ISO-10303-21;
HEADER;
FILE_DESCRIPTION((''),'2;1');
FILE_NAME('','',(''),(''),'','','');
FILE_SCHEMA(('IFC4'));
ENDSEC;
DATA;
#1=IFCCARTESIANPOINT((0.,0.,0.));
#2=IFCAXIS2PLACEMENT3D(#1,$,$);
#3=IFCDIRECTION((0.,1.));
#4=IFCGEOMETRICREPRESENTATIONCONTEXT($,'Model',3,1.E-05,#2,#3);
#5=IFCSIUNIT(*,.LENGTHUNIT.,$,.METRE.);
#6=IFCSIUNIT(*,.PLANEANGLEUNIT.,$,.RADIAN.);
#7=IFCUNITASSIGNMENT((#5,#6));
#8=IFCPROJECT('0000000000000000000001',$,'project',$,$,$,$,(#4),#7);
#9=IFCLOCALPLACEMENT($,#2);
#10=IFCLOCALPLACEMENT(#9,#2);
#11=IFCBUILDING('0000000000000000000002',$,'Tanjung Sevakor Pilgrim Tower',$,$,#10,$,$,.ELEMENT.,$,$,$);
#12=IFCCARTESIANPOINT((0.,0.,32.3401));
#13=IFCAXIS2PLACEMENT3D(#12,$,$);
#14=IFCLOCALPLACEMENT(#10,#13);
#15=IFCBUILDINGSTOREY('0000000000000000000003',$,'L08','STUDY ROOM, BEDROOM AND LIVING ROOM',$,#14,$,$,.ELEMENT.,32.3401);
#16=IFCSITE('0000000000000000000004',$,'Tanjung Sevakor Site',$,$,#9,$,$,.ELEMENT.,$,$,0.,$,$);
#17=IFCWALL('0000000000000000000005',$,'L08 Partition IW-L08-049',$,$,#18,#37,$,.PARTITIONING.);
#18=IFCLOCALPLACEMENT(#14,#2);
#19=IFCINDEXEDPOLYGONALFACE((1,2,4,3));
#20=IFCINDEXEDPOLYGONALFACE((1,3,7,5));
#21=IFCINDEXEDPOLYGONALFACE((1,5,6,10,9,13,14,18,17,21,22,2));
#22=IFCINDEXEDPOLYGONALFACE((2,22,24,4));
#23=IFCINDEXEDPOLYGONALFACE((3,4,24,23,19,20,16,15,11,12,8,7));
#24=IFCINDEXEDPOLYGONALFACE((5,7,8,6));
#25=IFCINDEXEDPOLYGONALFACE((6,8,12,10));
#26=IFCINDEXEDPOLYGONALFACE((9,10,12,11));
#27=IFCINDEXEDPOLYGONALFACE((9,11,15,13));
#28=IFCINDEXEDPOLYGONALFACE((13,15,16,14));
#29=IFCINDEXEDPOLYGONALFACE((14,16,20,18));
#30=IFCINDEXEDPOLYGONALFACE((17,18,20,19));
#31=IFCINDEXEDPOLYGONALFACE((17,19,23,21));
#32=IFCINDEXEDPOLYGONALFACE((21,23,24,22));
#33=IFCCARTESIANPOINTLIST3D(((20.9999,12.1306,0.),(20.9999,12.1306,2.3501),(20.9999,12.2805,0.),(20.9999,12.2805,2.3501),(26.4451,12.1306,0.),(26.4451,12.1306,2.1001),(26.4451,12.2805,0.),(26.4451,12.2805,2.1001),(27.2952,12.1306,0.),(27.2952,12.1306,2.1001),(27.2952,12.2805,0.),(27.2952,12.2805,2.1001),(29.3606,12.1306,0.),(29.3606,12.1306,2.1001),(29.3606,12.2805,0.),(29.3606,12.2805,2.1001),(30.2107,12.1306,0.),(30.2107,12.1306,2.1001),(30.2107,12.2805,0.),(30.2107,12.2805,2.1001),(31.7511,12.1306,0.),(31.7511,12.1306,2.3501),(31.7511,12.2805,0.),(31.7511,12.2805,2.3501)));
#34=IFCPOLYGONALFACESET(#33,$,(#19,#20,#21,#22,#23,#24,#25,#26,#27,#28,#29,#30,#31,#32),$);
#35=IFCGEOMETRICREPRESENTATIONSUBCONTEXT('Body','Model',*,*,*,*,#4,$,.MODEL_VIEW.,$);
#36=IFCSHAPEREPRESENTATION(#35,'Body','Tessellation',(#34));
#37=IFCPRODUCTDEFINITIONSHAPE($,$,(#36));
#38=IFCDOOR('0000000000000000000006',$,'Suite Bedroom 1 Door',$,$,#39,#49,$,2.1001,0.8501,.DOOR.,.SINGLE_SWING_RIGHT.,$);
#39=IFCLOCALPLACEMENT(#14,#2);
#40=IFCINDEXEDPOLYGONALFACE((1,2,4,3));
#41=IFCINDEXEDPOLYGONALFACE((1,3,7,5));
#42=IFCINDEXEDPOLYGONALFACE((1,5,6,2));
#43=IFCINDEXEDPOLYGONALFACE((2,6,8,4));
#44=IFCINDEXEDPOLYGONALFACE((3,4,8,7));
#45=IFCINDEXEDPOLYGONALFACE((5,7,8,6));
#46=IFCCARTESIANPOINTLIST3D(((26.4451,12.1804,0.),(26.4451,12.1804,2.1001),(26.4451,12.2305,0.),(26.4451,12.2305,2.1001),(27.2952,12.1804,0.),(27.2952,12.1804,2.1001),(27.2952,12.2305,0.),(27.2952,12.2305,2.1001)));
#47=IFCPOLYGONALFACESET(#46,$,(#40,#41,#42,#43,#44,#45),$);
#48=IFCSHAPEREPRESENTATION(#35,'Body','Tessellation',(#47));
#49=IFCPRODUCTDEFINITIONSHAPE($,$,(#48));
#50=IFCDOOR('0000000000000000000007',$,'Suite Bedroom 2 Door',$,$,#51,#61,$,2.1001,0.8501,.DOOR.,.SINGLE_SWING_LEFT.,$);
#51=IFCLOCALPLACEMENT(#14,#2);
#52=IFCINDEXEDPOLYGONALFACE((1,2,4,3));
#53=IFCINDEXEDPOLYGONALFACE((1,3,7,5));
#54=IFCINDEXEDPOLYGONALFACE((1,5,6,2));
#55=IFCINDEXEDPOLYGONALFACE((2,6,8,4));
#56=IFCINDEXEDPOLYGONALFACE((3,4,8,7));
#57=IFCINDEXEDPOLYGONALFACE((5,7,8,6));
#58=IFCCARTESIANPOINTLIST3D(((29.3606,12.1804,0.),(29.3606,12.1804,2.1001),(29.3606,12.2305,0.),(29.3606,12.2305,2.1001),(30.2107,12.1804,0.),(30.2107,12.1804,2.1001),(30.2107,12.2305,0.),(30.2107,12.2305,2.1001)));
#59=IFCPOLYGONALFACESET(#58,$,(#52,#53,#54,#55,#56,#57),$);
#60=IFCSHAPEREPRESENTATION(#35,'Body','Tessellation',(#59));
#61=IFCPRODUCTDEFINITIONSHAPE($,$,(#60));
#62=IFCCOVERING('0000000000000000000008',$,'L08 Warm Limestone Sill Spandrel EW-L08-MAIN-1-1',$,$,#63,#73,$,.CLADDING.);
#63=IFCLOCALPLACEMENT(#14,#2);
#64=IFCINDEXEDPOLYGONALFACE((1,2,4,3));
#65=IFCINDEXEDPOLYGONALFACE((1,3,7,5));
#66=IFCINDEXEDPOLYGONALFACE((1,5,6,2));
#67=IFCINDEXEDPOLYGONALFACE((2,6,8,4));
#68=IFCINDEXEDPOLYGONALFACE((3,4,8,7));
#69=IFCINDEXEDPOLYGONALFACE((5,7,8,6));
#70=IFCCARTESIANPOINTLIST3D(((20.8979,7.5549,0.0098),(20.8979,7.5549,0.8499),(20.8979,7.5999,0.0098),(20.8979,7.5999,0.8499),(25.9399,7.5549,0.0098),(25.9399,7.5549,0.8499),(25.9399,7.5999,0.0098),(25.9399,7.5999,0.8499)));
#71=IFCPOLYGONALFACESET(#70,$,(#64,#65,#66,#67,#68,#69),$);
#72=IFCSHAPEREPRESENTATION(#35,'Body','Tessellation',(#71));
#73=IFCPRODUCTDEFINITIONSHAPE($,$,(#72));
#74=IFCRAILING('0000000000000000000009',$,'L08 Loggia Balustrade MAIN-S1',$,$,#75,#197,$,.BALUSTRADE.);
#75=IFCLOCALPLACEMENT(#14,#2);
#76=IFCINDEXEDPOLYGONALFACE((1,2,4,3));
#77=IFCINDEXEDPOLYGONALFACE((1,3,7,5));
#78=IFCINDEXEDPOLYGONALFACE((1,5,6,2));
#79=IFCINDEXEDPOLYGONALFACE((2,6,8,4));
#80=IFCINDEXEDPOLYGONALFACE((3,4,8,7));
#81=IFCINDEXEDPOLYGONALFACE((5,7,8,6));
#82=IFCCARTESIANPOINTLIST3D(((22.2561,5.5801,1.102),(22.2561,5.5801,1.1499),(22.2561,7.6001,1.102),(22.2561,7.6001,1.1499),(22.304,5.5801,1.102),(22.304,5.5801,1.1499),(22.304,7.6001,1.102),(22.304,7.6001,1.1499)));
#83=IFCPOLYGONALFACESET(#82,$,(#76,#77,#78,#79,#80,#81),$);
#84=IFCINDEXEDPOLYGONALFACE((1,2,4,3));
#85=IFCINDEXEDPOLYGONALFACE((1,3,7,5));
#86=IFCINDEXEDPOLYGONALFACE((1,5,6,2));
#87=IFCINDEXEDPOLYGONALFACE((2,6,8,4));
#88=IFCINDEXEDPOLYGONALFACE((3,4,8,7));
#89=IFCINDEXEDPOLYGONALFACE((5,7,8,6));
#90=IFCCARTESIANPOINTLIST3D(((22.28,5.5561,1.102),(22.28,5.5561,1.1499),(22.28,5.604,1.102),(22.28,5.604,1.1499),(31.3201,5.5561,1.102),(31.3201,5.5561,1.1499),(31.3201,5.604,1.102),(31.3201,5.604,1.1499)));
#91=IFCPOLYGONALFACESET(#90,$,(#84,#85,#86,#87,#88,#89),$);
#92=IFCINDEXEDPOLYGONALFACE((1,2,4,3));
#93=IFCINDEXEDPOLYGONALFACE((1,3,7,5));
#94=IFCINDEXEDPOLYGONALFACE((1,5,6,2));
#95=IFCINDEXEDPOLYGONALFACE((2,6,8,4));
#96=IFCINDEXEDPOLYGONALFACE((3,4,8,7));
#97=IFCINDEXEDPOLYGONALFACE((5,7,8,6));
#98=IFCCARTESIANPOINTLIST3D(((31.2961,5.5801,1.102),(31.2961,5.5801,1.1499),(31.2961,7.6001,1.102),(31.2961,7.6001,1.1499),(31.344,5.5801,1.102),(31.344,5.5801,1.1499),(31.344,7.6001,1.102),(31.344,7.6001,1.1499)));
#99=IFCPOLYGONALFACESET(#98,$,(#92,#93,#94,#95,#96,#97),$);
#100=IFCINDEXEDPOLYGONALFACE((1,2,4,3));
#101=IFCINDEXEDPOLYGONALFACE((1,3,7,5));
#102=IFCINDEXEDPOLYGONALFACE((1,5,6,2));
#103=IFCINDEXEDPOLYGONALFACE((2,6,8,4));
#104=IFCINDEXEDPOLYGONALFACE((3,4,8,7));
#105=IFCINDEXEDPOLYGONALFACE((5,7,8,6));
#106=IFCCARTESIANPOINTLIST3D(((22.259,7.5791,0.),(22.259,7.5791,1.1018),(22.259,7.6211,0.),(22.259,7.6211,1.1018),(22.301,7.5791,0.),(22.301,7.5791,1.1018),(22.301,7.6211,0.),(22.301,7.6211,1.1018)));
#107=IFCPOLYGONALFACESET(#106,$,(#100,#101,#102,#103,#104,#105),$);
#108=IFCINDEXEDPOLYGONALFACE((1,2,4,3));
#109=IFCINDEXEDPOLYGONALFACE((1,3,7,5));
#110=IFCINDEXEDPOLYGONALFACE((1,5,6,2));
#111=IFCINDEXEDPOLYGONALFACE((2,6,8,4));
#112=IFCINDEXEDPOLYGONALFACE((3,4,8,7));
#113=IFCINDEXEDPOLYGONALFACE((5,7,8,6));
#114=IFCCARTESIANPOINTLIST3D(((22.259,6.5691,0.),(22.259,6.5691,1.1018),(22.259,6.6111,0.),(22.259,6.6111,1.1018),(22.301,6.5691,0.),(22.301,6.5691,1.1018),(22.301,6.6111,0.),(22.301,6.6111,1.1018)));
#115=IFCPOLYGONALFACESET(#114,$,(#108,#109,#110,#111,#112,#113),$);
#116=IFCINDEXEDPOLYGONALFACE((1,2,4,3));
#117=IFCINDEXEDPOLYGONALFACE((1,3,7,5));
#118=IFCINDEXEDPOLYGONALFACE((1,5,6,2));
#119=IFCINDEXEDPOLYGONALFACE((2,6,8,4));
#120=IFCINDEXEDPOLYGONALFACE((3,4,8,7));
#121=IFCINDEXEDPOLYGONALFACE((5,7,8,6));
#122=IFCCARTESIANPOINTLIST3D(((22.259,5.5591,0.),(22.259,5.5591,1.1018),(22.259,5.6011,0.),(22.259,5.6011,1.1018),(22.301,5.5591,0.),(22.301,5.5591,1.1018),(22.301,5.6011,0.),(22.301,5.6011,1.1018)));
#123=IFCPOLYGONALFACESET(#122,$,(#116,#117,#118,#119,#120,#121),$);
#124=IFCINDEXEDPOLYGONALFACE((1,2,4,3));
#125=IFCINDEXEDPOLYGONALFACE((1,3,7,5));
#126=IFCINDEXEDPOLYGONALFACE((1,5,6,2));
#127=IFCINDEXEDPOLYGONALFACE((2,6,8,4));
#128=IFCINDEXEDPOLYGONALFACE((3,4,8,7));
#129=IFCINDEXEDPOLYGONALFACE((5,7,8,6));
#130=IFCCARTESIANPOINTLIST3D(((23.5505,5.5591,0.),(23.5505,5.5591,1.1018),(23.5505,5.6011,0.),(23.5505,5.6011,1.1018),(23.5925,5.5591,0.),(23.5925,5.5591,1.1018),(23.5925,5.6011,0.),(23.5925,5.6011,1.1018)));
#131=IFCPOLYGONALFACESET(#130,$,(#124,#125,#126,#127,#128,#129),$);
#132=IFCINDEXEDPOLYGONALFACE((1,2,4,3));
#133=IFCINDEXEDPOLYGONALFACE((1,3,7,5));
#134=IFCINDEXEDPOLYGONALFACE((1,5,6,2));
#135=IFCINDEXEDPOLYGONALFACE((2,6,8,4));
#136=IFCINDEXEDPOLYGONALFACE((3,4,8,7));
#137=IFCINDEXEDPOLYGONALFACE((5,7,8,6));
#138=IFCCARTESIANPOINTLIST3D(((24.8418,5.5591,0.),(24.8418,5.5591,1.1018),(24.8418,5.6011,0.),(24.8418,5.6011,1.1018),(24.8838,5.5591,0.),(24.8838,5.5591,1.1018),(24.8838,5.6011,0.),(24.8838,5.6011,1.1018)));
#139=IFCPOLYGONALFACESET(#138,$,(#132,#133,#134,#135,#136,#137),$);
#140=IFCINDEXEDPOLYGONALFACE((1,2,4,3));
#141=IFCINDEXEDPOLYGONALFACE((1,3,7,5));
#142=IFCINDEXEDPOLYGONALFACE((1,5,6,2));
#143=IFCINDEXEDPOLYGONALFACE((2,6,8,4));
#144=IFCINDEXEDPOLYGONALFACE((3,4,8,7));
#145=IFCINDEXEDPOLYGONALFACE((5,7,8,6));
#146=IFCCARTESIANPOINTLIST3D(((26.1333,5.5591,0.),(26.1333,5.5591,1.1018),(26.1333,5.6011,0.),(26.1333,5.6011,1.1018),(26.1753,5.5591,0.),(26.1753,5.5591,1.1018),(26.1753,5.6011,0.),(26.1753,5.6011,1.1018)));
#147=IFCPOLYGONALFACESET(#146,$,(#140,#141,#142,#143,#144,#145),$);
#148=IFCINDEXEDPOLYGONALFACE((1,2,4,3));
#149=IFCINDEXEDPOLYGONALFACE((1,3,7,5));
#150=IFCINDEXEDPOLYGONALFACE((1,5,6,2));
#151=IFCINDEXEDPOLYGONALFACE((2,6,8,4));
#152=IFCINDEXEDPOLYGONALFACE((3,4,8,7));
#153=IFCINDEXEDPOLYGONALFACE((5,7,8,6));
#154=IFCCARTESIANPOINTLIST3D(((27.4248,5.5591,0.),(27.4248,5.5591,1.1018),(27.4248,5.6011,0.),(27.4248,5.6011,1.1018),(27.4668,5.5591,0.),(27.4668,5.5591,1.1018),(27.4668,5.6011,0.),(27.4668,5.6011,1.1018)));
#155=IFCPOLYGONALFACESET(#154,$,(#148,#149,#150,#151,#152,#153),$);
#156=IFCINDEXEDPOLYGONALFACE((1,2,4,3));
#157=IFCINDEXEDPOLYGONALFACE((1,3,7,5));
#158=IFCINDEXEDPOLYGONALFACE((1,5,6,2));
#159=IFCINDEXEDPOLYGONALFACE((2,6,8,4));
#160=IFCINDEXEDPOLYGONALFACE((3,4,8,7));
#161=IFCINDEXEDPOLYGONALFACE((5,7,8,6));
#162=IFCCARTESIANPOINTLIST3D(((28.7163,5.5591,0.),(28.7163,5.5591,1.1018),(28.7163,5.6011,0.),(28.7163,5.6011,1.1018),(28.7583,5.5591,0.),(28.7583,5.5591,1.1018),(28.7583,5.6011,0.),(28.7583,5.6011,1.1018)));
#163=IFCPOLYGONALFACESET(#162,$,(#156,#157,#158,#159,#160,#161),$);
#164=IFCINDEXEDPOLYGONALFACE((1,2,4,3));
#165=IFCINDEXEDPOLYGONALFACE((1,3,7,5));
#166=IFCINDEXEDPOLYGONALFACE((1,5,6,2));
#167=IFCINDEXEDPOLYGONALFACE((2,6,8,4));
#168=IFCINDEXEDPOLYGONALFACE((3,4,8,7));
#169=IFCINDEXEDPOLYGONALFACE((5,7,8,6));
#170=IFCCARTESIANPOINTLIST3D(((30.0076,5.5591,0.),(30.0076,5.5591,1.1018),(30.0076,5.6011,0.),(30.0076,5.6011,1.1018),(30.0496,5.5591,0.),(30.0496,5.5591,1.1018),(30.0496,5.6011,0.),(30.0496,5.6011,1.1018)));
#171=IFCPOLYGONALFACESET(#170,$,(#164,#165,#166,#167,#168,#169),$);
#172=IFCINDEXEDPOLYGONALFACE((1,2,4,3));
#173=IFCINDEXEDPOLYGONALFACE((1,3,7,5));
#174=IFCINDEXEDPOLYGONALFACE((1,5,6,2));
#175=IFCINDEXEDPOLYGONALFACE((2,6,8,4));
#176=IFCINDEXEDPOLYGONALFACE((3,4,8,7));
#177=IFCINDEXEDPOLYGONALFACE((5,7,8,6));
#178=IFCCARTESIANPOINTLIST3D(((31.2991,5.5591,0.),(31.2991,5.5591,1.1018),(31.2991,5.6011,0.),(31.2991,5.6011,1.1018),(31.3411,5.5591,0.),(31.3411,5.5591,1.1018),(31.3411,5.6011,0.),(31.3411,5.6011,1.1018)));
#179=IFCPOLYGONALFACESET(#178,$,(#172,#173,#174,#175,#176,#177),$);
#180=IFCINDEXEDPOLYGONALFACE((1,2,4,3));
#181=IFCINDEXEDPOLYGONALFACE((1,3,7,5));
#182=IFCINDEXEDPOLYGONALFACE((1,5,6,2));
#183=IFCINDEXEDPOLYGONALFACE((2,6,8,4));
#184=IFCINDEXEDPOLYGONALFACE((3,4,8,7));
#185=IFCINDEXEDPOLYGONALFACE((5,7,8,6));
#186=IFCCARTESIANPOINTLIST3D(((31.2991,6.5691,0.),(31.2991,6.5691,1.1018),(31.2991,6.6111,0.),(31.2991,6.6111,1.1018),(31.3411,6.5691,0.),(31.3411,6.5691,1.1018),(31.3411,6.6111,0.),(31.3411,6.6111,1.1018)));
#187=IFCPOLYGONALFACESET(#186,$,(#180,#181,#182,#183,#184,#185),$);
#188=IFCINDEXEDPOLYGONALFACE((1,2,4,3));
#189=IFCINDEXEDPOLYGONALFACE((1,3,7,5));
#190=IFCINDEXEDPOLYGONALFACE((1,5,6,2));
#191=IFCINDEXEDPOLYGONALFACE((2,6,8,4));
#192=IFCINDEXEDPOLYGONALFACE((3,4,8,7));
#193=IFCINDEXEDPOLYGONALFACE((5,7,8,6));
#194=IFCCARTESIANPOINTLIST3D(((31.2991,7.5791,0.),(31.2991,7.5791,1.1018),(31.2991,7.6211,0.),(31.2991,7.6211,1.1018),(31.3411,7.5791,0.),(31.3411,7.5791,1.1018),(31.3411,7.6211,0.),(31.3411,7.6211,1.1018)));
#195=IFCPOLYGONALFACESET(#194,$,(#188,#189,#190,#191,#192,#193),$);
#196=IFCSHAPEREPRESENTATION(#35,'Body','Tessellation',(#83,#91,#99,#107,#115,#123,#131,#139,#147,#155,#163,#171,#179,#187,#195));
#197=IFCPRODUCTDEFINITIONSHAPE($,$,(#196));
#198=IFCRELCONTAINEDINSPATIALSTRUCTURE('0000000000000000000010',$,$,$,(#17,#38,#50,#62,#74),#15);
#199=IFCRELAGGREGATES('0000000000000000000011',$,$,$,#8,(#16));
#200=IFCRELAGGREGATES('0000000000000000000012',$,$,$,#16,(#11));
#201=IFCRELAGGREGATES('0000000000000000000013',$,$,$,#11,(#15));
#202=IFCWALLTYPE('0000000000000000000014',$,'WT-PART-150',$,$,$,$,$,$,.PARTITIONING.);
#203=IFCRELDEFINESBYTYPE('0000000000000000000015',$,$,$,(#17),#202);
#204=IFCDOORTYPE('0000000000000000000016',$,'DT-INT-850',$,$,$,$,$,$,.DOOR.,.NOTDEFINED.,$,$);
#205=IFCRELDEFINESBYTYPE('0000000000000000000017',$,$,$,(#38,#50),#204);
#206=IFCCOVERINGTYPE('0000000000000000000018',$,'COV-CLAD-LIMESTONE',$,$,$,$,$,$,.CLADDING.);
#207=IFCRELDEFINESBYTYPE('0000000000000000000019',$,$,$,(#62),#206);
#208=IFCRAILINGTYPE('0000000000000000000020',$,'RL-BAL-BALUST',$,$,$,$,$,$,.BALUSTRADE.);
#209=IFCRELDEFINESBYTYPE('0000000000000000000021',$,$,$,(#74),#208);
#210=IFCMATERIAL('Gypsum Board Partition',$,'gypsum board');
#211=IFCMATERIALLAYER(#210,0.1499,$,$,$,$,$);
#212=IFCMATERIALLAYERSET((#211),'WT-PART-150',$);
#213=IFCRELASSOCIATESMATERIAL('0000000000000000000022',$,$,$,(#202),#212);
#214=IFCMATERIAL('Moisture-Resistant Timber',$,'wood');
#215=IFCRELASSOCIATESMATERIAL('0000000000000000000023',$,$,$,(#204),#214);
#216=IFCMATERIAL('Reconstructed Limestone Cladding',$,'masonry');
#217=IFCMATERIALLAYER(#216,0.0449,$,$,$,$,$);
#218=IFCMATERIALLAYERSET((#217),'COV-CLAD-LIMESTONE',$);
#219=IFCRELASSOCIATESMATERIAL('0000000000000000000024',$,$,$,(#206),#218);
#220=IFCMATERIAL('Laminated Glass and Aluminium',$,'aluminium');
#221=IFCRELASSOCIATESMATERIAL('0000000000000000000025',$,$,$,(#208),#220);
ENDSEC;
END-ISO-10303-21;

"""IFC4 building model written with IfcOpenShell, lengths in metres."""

from ifc_helpers import new_model, si_unit, direction, frame, frame_2d, origin, origin_2d, place, context, subcontext, project, spatial, rectangle, extrude, material, layer, layer_set, type_object, element, fill, save


model = new_model("IFC4")

# Units and contexts
model_context = context("Model", 3, precision=1e-05, world=origin(), true_north=direction((0.0, 1.0)))
body_context = subcontext(model_context, "Body", "Model", "MODEL_VIEW")
ifc_project = project(units=[si_unit("LENGTHUNIT", "METRE"), si_unit("PLANEANGLEUNIT", "RADIAN")], contexts=[model_context])

# Site, building, storey
site_placement = place(None, origin())
site = spatial("IfcSite", under=ifc_project, at=site_placement, Name="Tanjung Sevakor Site", CompositionType="ELEMENT", RefElevation=0.0)
building_placement = place(site_placement, origin())
building = spatial("IfcBuilding", under=site, at=building_placement, Name="Tanjung Sevakor Pilgrim Tower", CompositionType="ELEMENT")
storey_placement = place(building_placement, frame((0.0, 0.0, 32.3401)))
storey = spatial("IfcBuildingStorey", under=building, at=storey_placement, Name="L08", Description="STUDY ROOM, BEDROOM AND LIVING ROOM", CompositionType="ELEMENT", Elevation=32.3401)

# Wall, openings, doors
ifc_material_1 = material(Name="Gypsum Board Partition", Category="gypsum board")
ifc_layer_1 = layer(ifc_material_1, 0.1499)
ifc_layer_set_1 = layer_set([ifc_layer_1], Name="WT-PART-150")
wall_type_1 = type_object("IfcWallType", Name="WT-PART-150", PredefinedType="PARTITIONING", material=ifc_layer_set_1)
wall_1_placement = place(storey_placement, frame((21.0, 12.2056, 0.0), z_axis=(0.0, 0.0, 1.0), x_axis=(1.0, 0.0, 0.0)))
wall_1 = element("IfcWall", 1, at=wall_1_placement, inside=storey, type_object=wall_type_1, Name="L08 Partition IW-L08-049", PredefinedType="PARTITIONING", context=body_context, shape_type="SweptSolid", body=[
    extrude(rectangle(XDim=10.7512, YDim=0.1499, at=frame_2d((5.3755, 0.0))), origin(), (0.0, 0.0, 1.0), 2.3501),
])
opening_1_placement = place(wall_1_placement, frame((5.4451, 0.0, 0.0)))
opening_1 = element("IfcOpeningElement", 2, at=opening_1_placement, cuts=wall_1, PredefinedType="OPENING", context=body_context, shape_type="SweptSolid", body=[
    extrude(rectangle(XDim=0.8501, YDim=2.1001, at=frame_2d((0.425, 1.05))), frame((0.0, 0.085, 0.0), z_axis=(0.0, -1.0, 0.0), x_axis=(1.0, 0.0, 0.0)), (0.0, 0.0, 1.0), 0.1699),
])
opening_2_placement = place(wall_1_placement, frame((8.3606, 0.0, 0.0)))
opening_2 = element("IfcOpeningElement", 3, at=opening_2_placement, cuts=wall_1, PredefinedType="OPENING", context=body_context, shape_type="SweptSolid", body=[
    extrude(rectangle(XDim=0.8501, YDim=2.1001, at=frame_2d((0.425, 1.05))), frame((0.0, 0.085, 0.0), z_axis=(0.0, -1.0, 0.0), x_axis=(1.0, 0.0, 0.0)), (0.0, 0.0, 1.0), 0.1699),
])
ifc_material_2 = material(Name="Moisture-Resistant Timber", Category="wood")
door_type_1 = type_object("IfcDoorType", Name="DT-INT-850", OperationType="NOTDEFINED", PredefinedType="DOOR", material=ifc_material_2)
door_1_placement = place(opening_1_placement, origin())
door_1 = element("IfcDoor", 4, at=door_1_placement, inside=storey, type_object=door_type_1, Name="Suite Bedroom 1 Door", OperationType="SINGLE_SWING_RIGHT", OverallHeight=2.1001, OverallWidth=0.8501, PredefinedType="DOOR", context=body_context, shape_type="SweptSolid", body=[
    extrude(rectangle(XDim=0.8501, YDim=2.1001, at=frame_2d((0.425, 1.05))), frame((0.0, 0.0249, 0.0), z_axis=(0.0, -1.0, 0.0), x_axis=(1.0, 0.0, 0.0)), (0.0, 0.0, 1.0), 0.05),
])
fill(opening_1, door_1)
door_2_placement = place(opening_2_placement, origin())
door_2 = element("IfcDoor", 5, at=door_2_placement, inside=storey, type_object=door_type_1, Name="Suite Bedroom 2 Door", OperationType="SINGLE_SWING_LEFT", OverallHeight=2.1001, OverallWidth=0.8501, PredefinedType="DOOR", context=body_context, shape_type="SweptSolid", body=[
    extrude(rectangle(XDim=0.8501, YDim=2.1001, at=frame_2d((0.425, 1.05))), frame((0.0, 0.0249, 0.0), z_axis=(0.0, -1.0, 0.0), x_axis=(1.0, 0.0, 0.0)), (0.0, 0.0, 1.0), 0.05),
])
fill(opening_2, door_2)

# Covering
ifc_material_3 = material(Name="Reconstructed Limestone Cladding", Category="masonry")
ifc_layer_2 = layer(ifc_material_3, 0.0449)
ifc_layer_set_2 = layer_set([ifc_layer_2], Name="COV-CLAD-LIMESTONE")
covering_type = type_object("IfcCoveringType", Name="COV-CLAD-LIMESTONE", PredefinedType="CLADDING", material=ifc_layer_set_2)
covering_placement = place(storey_placement, frame((23.4189, 7.5774, 0.0098), z_axis=(0.0, 0.0, 1.0), x_axis=(1.0, 0.0, 0.0)))
element("IfcCovering", 6, at=covering_placement, inside=storey, type_object=covering_type, Name="L08 Warm Limestone Sill Spandrel EW-L08-MAIN-1-1", PredefinedType="CLADDING", context=body_context, shape_type="SweptSolid", body=[
    extrude(rectangle(XDim=5.042, YDim=0.0449, at=origin_2d()), origin(), (0.0, 0.0, 1.0), 0.8401),
])

# Railing
ifc_material_4 = material(Name="Laminated Glass and Aluminium", Category="aluminium")
railing_type = type_object("IfcRailingType", Name="RL-BAL-BALUST", PredefinedType="BALUSTRADE", material=ifc_material_4)
railing_1_placement = place(storey_placement, frame((22.28, 7.6001, 0.0)))
element("IfcRailing", 7, at=railing_1_placement, inside=storey, type_object=railing_type, Name="L08 Loggia Balustrade MAIN-S1", PredefinedType="BALUSTRADE", context=body_context, shape_type="SweptSolid", body=[
    extrude(rectangle(XDim=0.0479, YDim=0.0479), frame((0.0, 0.0, 1.126), z_axis=(0.0, -1.0, 0.0), x_axis=(1.0, 0.0, 0.0)), (0.0, 0.0, 1.0), 2.02),
    extrude(rectangle(XDim=0.0479, YDim=0.0479), frame((0.0, -2.02, 1.126), z_axis=(1.0, 0.0, 0.0), x_axis=(0.0, 1.0, 0.0)), (0.0, 0.0, 1.0), 9.04),
    extrude(rectangle(XDim=0.0479, YDim=0.0479), frame((9.04, -2.02, 1.126), z_axis=(0.0, 1.0, 0.0), x_axis=(-1.0, 0.0, 0.0)), (0.0, 0.0, 1.0), 2.02),
    extrude(rectangle(XDim=0.042, YDim=0.042), origin(), (0.0, 0.0, 1.0), 1.1018),
    extrude(rectangle(XDim=0.042, YDim=0.042), frame((0.0, -1.01, 0.0)), (0.0, 0.0, 1.0), 1.1018),
    extrude(rectangle(XDim=0.042, YDim=0.042), frame((0.0, -2.02, 0.0)), (0.0, 0.0, 1.0), 1.1018),
    extrude(rectangle(XDim=0.042, YDim=0.042), frame((1.2915, -2.02, 0.0)), (0.0, 0.0, 1.0), 1.1018),
    extrude(rectangle(XDim=0.042, YDim=0.042), frame((2.5828, -2.02, 0.0)), (0.0, 0.0, 1.0), 1.1018),
    extrude(rectangle(XDim=0.042, YDim=0.042), frame((3.8743, -2.02, 0.0)), (0.0, 0.0, 1.0), 1.1018),
    extrude(rectangle(XDim=0.042, YDim=0.042), frame((5.1658, -2.02, 0.0)), (0.0, 0.0, 1.0), 1.1018),
    extrude(rectangle(XDim=0.042, YDim=0.042), frame((6.4573, -2.02, 0.0)), (0.0, 0.0, 1.0), 1.1018),
    extrude(rectangle(XDim=0.042, YDim=0.042), frame((7.7485, -2.02, 0.0)), (0.0, 0.0, 1.0), 1.1018),
    extrude(rectangle(XDim=0.042, YDim=0.042), frame((9.04, -2.02, 0.0)), (0.0, 0.0, 1.0), 1.1018),
    extrude(rectangle(XDim=0.042, YDim=0.042), frame((9.04, -1.01, 0.0)), (0.0, 0.0, 1.0), 1.1018),
    extrude(rectangle(XDim=0.042, YDim=0.042), frame((9.04, 0.0, 0.0)), (0.0, 0.0, 1.0), 1.1018),
])

save(model, "model.ifc")
